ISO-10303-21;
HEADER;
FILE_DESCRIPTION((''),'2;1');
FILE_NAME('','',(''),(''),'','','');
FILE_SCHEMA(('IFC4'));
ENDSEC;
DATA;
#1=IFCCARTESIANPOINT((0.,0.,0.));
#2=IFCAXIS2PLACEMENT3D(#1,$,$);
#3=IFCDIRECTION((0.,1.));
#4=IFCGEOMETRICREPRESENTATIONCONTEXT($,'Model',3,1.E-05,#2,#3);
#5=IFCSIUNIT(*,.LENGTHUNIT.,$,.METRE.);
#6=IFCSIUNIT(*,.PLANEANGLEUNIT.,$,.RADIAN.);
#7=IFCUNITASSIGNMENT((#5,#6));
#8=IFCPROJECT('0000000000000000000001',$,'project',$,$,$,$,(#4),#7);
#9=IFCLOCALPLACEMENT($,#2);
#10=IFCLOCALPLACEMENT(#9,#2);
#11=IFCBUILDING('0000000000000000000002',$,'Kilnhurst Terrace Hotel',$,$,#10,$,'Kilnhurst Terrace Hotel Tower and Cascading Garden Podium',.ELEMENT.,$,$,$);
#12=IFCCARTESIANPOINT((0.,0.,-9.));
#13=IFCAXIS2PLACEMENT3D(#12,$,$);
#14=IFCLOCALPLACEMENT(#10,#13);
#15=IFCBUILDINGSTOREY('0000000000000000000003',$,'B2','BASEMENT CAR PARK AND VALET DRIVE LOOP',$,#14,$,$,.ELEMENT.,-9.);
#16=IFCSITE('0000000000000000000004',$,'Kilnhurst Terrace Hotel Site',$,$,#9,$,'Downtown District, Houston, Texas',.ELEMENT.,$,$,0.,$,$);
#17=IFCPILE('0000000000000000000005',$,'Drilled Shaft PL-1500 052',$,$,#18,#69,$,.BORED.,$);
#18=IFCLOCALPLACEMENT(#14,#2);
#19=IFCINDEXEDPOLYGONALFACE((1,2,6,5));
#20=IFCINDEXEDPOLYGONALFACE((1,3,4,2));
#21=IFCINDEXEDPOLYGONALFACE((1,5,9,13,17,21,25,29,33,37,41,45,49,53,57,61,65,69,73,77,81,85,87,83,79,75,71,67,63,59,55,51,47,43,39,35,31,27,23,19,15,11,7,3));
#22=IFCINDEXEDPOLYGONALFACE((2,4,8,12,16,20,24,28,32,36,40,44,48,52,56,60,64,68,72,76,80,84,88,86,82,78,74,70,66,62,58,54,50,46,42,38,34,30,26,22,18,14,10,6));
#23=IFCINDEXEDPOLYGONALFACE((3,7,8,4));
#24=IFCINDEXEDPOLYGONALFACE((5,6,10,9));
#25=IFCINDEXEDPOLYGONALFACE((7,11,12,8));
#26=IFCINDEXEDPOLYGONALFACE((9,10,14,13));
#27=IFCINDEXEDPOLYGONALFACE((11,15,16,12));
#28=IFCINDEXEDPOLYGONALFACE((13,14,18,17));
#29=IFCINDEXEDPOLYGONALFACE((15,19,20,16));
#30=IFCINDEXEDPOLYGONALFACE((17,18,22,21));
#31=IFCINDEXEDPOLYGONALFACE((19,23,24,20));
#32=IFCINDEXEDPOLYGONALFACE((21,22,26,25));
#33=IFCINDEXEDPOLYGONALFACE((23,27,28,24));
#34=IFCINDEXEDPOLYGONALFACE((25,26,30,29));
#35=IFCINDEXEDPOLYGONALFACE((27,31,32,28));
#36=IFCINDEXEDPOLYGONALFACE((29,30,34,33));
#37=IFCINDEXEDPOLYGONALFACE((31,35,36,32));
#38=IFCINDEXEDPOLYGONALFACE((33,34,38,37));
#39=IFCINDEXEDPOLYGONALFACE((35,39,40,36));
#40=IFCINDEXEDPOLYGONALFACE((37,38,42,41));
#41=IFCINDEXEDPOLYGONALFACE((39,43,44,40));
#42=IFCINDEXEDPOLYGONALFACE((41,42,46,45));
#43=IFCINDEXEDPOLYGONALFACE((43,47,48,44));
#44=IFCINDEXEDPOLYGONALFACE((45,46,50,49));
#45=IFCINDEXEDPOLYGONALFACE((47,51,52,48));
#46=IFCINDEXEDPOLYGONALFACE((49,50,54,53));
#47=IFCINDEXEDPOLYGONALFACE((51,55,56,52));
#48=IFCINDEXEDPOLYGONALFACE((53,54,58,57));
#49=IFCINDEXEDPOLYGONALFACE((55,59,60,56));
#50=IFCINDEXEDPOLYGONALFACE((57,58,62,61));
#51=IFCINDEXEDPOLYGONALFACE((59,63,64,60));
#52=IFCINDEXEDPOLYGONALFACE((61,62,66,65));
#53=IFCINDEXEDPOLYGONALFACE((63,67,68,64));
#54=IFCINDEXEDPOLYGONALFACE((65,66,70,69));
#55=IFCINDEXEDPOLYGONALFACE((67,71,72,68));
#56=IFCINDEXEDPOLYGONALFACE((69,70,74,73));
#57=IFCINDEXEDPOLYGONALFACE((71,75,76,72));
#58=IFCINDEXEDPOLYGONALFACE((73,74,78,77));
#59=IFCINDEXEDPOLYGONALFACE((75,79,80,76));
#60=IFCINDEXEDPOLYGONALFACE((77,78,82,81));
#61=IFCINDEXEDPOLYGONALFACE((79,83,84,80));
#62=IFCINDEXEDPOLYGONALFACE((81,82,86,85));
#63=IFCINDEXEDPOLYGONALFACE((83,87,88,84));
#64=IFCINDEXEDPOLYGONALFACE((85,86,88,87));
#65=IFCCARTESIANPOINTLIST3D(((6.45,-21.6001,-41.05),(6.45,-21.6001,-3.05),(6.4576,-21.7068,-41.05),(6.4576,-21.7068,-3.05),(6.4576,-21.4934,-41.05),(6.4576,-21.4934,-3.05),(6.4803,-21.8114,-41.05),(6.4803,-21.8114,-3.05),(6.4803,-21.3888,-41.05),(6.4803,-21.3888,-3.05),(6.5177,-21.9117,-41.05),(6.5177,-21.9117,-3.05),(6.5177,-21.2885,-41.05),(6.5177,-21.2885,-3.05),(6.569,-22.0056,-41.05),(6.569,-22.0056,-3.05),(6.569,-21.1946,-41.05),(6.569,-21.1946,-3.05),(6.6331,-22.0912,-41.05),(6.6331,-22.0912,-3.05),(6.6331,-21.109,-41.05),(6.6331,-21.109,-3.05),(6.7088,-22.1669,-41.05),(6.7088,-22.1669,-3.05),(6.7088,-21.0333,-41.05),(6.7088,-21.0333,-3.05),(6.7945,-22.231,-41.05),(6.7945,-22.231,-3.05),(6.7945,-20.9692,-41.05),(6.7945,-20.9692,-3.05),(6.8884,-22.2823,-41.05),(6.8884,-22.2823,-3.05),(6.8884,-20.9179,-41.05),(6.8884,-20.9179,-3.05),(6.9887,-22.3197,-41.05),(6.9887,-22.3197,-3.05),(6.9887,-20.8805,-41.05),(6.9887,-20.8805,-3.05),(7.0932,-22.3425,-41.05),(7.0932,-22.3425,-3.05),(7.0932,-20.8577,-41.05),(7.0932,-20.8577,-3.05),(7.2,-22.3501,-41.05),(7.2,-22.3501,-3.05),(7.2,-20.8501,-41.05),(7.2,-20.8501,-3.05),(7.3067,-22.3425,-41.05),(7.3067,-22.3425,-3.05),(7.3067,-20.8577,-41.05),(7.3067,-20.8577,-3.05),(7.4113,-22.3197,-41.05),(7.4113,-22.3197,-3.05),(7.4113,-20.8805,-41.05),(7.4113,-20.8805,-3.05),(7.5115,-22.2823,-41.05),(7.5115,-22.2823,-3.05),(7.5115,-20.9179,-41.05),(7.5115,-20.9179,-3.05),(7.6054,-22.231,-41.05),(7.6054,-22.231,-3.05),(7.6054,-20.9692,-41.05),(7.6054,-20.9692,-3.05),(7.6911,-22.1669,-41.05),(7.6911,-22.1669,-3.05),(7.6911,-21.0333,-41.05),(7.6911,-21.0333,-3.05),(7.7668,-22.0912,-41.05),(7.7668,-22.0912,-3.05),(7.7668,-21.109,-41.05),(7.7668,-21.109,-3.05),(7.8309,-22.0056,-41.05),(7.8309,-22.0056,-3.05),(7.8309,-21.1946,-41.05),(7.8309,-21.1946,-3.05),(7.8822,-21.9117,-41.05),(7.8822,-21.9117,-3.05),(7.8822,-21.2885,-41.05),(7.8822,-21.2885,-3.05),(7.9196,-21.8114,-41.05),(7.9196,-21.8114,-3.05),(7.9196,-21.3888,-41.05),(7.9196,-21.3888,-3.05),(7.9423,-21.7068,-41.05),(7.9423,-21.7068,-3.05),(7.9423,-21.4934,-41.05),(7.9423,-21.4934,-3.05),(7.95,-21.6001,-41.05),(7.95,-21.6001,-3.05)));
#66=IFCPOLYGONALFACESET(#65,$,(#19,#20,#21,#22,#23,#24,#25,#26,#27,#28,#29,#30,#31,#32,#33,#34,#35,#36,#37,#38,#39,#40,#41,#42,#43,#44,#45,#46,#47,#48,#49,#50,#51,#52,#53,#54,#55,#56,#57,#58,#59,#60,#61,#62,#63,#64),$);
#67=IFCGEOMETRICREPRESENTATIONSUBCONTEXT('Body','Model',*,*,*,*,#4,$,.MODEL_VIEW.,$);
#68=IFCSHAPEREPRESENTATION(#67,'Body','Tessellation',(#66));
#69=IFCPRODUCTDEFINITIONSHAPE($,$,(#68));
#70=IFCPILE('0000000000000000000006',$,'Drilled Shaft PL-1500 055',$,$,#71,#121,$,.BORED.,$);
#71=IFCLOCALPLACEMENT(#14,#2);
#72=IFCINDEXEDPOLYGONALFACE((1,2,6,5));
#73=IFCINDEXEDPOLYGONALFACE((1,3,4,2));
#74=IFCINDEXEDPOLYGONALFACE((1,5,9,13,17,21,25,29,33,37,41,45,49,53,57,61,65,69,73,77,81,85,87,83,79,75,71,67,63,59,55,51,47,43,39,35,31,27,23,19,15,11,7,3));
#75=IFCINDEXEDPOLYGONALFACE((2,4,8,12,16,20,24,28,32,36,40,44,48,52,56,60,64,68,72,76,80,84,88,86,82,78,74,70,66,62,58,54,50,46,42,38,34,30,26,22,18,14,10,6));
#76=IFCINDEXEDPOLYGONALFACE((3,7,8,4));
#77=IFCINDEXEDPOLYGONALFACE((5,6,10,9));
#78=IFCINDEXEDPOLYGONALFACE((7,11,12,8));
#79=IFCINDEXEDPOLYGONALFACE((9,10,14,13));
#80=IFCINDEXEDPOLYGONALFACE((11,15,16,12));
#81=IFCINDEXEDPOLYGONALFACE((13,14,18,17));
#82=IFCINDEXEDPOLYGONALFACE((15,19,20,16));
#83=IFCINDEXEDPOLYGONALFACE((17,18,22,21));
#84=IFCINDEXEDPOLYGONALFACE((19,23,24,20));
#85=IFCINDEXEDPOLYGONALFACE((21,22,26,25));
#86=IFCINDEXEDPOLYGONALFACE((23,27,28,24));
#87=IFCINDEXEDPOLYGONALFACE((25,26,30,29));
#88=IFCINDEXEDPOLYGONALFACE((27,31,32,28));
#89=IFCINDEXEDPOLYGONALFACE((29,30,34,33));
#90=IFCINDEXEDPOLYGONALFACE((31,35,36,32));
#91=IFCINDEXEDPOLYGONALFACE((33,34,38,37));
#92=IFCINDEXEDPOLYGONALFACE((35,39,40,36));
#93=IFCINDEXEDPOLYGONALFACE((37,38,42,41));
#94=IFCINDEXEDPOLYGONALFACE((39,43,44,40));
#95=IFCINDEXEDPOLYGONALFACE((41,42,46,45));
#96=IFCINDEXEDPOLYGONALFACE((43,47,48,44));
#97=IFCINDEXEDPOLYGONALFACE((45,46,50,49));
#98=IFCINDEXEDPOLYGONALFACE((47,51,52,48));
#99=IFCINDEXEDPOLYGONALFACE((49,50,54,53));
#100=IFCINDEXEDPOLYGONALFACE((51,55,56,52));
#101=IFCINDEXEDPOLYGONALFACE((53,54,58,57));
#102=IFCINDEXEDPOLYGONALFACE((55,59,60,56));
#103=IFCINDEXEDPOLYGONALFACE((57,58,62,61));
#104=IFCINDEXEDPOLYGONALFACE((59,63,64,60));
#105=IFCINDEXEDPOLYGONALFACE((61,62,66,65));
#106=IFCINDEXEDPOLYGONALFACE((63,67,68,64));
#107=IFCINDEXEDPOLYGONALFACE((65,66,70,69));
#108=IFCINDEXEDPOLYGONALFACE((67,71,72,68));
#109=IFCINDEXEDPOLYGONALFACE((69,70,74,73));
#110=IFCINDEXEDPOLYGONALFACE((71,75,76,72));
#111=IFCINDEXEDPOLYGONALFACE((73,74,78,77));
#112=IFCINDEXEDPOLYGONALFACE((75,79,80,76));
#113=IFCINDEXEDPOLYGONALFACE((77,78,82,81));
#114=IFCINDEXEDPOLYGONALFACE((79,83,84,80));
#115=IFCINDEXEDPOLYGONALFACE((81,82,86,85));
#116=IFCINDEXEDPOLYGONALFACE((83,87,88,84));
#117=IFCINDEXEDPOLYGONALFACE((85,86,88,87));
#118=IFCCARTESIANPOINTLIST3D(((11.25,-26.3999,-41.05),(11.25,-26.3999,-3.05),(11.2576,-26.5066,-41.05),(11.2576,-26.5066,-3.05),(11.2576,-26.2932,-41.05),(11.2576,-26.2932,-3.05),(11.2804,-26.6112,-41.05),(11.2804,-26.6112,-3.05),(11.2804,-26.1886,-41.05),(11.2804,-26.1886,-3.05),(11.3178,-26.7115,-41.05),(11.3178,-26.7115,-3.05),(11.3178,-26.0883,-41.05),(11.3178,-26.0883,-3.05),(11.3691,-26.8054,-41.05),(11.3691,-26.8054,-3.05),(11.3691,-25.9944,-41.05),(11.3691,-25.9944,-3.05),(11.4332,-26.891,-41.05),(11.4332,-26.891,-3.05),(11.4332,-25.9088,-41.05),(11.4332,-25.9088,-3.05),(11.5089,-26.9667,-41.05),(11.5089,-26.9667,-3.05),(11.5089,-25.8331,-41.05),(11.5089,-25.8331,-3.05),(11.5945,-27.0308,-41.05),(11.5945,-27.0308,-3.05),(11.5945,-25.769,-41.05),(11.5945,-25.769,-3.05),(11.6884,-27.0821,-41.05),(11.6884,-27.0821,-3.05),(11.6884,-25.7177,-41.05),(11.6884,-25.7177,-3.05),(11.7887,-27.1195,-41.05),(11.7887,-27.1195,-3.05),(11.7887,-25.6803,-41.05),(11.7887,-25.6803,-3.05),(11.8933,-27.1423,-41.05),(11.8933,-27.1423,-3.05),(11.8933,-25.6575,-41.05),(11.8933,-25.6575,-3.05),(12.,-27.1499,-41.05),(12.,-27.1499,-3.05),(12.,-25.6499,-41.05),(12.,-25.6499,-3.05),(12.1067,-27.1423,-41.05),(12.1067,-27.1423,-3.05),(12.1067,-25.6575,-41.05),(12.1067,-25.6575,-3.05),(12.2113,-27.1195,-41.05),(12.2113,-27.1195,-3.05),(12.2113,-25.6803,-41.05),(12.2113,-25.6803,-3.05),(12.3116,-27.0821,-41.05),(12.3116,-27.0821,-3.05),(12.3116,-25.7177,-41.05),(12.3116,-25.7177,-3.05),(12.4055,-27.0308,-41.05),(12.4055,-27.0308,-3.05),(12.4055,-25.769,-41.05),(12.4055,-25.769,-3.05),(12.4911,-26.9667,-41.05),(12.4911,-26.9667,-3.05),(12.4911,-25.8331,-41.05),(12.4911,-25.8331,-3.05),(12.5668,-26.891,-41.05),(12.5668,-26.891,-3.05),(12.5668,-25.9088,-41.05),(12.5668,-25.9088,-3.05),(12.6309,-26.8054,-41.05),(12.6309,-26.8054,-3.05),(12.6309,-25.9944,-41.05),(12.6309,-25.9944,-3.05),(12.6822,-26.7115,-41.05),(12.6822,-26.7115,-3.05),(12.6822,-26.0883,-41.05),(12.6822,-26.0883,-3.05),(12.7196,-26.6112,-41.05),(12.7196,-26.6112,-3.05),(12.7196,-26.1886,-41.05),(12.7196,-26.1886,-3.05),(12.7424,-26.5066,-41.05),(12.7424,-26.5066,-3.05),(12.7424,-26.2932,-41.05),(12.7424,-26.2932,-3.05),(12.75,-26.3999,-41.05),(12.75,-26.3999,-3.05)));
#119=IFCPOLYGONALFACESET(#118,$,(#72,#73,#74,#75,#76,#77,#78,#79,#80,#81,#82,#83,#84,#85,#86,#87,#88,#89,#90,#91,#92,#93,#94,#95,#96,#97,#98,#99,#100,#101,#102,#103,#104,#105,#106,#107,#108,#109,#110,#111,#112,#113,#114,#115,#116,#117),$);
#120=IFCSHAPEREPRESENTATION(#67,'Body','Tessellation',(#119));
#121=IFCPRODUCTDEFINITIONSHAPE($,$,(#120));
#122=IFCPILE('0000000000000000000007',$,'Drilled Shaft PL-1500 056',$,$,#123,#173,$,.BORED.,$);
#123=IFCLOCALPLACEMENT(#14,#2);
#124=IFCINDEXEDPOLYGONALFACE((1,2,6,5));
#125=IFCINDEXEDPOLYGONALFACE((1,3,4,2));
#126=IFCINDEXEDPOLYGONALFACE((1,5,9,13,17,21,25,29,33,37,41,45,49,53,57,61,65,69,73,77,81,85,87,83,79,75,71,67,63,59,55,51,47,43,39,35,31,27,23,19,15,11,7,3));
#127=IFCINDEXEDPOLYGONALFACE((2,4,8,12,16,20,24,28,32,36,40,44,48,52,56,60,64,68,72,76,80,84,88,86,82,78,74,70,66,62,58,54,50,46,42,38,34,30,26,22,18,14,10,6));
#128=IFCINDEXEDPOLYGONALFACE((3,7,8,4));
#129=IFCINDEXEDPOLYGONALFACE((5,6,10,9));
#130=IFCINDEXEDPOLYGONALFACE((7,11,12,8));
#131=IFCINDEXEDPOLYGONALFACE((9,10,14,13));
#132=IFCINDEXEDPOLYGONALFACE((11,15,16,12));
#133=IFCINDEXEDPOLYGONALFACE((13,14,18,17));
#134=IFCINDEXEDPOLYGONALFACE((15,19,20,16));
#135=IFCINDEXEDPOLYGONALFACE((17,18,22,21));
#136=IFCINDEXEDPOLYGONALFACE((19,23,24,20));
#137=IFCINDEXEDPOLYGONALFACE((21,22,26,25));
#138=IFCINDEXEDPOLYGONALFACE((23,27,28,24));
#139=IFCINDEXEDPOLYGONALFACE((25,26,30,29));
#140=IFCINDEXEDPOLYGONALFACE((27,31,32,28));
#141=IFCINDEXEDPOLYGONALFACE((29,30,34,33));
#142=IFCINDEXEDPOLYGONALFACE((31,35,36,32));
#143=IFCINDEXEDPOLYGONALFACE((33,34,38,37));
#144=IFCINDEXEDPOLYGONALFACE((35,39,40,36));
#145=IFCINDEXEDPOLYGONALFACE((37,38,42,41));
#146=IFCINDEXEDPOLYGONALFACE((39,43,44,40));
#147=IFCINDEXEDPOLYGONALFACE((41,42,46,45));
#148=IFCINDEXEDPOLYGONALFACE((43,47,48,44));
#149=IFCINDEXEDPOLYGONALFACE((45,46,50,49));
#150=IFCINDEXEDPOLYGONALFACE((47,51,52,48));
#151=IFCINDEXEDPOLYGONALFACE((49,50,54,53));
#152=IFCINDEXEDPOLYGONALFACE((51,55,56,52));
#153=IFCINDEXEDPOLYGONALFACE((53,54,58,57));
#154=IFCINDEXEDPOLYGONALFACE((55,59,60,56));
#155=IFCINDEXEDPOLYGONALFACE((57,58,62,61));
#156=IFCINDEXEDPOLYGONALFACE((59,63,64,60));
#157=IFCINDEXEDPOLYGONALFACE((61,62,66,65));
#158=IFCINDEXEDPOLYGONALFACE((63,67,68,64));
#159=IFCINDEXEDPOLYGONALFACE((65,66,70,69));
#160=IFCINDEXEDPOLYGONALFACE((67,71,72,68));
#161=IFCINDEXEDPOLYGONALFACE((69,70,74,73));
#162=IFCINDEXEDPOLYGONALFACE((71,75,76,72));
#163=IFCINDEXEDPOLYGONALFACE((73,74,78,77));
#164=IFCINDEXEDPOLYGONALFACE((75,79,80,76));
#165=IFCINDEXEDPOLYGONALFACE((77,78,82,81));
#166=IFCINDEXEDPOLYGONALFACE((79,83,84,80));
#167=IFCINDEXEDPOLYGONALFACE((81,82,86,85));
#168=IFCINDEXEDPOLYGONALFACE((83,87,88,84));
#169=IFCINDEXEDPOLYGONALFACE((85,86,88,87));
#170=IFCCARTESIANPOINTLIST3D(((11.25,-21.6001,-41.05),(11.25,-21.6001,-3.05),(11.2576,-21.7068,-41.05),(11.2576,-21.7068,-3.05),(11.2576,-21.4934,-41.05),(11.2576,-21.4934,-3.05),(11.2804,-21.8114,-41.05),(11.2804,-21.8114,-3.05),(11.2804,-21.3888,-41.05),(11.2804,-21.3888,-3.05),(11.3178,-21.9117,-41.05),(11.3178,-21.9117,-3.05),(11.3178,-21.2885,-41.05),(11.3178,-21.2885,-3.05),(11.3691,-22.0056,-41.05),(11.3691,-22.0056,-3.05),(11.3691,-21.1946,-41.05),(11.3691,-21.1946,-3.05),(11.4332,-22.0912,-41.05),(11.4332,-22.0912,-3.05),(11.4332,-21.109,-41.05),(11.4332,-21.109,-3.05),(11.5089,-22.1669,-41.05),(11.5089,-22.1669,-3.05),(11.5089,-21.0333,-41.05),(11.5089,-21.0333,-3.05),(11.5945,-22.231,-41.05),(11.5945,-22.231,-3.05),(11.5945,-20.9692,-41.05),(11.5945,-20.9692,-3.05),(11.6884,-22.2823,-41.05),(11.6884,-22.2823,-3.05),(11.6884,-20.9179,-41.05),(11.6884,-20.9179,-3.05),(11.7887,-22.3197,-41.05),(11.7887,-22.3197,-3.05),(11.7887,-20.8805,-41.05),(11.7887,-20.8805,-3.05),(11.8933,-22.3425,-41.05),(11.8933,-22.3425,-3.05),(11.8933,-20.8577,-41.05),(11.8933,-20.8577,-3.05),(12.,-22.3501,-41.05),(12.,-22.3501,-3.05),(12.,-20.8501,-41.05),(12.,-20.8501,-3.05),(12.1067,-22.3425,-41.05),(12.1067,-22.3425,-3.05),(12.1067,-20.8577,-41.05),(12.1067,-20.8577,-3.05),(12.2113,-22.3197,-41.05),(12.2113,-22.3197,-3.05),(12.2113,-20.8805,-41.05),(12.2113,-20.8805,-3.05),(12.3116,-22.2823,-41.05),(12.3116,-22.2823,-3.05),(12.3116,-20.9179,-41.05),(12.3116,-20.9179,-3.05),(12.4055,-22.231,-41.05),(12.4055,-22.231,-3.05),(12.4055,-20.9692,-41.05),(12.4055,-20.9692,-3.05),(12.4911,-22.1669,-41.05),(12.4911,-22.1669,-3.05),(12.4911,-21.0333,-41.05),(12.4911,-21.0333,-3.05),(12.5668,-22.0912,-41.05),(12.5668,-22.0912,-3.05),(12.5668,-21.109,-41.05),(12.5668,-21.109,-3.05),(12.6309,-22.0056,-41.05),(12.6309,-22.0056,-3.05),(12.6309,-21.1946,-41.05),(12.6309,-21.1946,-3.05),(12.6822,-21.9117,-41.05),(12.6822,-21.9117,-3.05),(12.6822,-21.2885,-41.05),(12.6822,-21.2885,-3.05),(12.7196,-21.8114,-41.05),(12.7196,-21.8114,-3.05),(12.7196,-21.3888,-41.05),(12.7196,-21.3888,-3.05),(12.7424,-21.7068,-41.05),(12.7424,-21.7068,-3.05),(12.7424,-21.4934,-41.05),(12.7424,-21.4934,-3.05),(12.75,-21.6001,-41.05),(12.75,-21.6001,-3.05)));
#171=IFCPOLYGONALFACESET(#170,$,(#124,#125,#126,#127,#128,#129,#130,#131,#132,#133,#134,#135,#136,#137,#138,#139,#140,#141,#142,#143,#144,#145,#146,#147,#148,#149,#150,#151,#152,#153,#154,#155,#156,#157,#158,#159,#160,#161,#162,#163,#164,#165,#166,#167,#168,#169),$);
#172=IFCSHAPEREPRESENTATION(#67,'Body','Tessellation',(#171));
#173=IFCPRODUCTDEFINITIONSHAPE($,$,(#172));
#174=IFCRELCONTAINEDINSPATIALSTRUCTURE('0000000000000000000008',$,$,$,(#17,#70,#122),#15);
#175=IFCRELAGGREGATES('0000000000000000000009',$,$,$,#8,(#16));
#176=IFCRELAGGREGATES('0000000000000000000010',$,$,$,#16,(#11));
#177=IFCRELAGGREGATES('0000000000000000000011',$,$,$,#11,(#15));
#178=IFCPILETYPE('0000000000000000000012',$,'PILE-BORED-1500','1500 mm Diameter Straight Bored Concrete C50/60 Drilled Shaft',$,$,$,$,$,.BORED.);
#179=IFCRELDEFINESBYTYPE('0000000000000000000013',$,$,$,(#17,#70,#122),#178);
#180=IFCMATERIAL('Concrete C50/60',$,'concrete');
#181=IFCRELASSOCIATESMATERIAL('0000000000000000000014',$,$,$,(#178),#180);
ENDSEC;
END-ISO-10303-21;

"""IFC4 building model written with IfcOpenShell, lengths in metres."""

from ifc_helpers import new_model, si_unit, direction, frame, origin, origin_2d, place, context, subcontext, project, spatial, circle, extrude, material, material_profile, profile_set, type_object, element, save


model = new_model("IFC4")

# Units and contexts
model_context = context("Model", 3, precision=1e-05, world=origin(), true_north=direction((0.0, 1.0)))
body_context = subcontext(model_context, "Body", "Model", "MODEL_VIEW")
ifc_project = project(units=[si_unit("LENGTHUNIT", "METRE"), si_unit("PLANEANGLEUNIT", "RADIAN")], contexts=[model_context])

# Site, building, storey
site_placement = place(None, origin())
site = spatial("IfcSite", under=ifc_project, at=site_placement, Name="Kilnhurst Terrace Hotel Site", LongName="Downtown District, Houston, Texas", CompositionType="ELEMENT", RefElevation=0.0)
building_placement = place(site_placement, origin())
building = spatial("IfcBuilding", under=site, at=building_placement, Name="Kilnhurst Terrace Hotel", LongName="Kilnhurst Terrace Hotel Tower and Cascading Garden Podium", CompositionType="ELEMENT")
storey_placement = place(building_placement, frame((0.0, 0.0, -9.0)))
storey = spatial("IfcBuildingStorey", under=building, at=storey_placement, Name="B2", Description="BASEMENT CAR PARK AND VALET DRIVE LOOP", CompositionType="ELEMENT", Elevation=-9.0)

# Piles
ifc_material_1 = material(Name="Concrete C50/60", Category="concrete")
ifc_material_profile_1 = material_profile(ifc_material_1, circle(Radius=0.75, at=origin_2d()), Name="PILE1500")
ifc_profile_set_1 = profile_set([ifc_material_profile_1], Name="Concrete C50/60")
pile_type_1 = type_object("IfcPileType", Name="PILE-BORED-1500", Description="1500 mm Diameter Straight Bored Concrete C50/60 Drilled Shaft", PredefinedType="BORED", material=ifc_profile_set_1)
for number, where, z_axis, x_axis, name in (
    (1, (7.2, -21.6001, -3.05), (0.0, 0.0, -1.0), (1.0, 0.0, 0.0), "Drilled Shaft PL-1500 052"),
    (2, (12.0, -26.3999, -3.05), (0.0, 0.0, -1.0), (1.0, 0.0, 0.0), "Drilled Shaft PL-1500 055"),
    (3, (12.0, -21.6001, -3.05), (0.0, 0.0, -1.0), (1.0, 0.0, 0.0), "Drilled Shaft PL-1500 056"),
):
    element("IfcPile", number, at=place(storey_placement, frame(where, z_axis=z_axis, x_axis=x_axis)), inside=storey, type_object=pile_type_1, Name=name, PredefinedType="BORED", context=body_context, shape_type="SweptSolid", body=[
        extrude(circle(Radius=0.75, at=origin_2d()), origin(), (0.0, 0.0, 1.0), 38.0),
    ])

save(model, "model.ifc")
